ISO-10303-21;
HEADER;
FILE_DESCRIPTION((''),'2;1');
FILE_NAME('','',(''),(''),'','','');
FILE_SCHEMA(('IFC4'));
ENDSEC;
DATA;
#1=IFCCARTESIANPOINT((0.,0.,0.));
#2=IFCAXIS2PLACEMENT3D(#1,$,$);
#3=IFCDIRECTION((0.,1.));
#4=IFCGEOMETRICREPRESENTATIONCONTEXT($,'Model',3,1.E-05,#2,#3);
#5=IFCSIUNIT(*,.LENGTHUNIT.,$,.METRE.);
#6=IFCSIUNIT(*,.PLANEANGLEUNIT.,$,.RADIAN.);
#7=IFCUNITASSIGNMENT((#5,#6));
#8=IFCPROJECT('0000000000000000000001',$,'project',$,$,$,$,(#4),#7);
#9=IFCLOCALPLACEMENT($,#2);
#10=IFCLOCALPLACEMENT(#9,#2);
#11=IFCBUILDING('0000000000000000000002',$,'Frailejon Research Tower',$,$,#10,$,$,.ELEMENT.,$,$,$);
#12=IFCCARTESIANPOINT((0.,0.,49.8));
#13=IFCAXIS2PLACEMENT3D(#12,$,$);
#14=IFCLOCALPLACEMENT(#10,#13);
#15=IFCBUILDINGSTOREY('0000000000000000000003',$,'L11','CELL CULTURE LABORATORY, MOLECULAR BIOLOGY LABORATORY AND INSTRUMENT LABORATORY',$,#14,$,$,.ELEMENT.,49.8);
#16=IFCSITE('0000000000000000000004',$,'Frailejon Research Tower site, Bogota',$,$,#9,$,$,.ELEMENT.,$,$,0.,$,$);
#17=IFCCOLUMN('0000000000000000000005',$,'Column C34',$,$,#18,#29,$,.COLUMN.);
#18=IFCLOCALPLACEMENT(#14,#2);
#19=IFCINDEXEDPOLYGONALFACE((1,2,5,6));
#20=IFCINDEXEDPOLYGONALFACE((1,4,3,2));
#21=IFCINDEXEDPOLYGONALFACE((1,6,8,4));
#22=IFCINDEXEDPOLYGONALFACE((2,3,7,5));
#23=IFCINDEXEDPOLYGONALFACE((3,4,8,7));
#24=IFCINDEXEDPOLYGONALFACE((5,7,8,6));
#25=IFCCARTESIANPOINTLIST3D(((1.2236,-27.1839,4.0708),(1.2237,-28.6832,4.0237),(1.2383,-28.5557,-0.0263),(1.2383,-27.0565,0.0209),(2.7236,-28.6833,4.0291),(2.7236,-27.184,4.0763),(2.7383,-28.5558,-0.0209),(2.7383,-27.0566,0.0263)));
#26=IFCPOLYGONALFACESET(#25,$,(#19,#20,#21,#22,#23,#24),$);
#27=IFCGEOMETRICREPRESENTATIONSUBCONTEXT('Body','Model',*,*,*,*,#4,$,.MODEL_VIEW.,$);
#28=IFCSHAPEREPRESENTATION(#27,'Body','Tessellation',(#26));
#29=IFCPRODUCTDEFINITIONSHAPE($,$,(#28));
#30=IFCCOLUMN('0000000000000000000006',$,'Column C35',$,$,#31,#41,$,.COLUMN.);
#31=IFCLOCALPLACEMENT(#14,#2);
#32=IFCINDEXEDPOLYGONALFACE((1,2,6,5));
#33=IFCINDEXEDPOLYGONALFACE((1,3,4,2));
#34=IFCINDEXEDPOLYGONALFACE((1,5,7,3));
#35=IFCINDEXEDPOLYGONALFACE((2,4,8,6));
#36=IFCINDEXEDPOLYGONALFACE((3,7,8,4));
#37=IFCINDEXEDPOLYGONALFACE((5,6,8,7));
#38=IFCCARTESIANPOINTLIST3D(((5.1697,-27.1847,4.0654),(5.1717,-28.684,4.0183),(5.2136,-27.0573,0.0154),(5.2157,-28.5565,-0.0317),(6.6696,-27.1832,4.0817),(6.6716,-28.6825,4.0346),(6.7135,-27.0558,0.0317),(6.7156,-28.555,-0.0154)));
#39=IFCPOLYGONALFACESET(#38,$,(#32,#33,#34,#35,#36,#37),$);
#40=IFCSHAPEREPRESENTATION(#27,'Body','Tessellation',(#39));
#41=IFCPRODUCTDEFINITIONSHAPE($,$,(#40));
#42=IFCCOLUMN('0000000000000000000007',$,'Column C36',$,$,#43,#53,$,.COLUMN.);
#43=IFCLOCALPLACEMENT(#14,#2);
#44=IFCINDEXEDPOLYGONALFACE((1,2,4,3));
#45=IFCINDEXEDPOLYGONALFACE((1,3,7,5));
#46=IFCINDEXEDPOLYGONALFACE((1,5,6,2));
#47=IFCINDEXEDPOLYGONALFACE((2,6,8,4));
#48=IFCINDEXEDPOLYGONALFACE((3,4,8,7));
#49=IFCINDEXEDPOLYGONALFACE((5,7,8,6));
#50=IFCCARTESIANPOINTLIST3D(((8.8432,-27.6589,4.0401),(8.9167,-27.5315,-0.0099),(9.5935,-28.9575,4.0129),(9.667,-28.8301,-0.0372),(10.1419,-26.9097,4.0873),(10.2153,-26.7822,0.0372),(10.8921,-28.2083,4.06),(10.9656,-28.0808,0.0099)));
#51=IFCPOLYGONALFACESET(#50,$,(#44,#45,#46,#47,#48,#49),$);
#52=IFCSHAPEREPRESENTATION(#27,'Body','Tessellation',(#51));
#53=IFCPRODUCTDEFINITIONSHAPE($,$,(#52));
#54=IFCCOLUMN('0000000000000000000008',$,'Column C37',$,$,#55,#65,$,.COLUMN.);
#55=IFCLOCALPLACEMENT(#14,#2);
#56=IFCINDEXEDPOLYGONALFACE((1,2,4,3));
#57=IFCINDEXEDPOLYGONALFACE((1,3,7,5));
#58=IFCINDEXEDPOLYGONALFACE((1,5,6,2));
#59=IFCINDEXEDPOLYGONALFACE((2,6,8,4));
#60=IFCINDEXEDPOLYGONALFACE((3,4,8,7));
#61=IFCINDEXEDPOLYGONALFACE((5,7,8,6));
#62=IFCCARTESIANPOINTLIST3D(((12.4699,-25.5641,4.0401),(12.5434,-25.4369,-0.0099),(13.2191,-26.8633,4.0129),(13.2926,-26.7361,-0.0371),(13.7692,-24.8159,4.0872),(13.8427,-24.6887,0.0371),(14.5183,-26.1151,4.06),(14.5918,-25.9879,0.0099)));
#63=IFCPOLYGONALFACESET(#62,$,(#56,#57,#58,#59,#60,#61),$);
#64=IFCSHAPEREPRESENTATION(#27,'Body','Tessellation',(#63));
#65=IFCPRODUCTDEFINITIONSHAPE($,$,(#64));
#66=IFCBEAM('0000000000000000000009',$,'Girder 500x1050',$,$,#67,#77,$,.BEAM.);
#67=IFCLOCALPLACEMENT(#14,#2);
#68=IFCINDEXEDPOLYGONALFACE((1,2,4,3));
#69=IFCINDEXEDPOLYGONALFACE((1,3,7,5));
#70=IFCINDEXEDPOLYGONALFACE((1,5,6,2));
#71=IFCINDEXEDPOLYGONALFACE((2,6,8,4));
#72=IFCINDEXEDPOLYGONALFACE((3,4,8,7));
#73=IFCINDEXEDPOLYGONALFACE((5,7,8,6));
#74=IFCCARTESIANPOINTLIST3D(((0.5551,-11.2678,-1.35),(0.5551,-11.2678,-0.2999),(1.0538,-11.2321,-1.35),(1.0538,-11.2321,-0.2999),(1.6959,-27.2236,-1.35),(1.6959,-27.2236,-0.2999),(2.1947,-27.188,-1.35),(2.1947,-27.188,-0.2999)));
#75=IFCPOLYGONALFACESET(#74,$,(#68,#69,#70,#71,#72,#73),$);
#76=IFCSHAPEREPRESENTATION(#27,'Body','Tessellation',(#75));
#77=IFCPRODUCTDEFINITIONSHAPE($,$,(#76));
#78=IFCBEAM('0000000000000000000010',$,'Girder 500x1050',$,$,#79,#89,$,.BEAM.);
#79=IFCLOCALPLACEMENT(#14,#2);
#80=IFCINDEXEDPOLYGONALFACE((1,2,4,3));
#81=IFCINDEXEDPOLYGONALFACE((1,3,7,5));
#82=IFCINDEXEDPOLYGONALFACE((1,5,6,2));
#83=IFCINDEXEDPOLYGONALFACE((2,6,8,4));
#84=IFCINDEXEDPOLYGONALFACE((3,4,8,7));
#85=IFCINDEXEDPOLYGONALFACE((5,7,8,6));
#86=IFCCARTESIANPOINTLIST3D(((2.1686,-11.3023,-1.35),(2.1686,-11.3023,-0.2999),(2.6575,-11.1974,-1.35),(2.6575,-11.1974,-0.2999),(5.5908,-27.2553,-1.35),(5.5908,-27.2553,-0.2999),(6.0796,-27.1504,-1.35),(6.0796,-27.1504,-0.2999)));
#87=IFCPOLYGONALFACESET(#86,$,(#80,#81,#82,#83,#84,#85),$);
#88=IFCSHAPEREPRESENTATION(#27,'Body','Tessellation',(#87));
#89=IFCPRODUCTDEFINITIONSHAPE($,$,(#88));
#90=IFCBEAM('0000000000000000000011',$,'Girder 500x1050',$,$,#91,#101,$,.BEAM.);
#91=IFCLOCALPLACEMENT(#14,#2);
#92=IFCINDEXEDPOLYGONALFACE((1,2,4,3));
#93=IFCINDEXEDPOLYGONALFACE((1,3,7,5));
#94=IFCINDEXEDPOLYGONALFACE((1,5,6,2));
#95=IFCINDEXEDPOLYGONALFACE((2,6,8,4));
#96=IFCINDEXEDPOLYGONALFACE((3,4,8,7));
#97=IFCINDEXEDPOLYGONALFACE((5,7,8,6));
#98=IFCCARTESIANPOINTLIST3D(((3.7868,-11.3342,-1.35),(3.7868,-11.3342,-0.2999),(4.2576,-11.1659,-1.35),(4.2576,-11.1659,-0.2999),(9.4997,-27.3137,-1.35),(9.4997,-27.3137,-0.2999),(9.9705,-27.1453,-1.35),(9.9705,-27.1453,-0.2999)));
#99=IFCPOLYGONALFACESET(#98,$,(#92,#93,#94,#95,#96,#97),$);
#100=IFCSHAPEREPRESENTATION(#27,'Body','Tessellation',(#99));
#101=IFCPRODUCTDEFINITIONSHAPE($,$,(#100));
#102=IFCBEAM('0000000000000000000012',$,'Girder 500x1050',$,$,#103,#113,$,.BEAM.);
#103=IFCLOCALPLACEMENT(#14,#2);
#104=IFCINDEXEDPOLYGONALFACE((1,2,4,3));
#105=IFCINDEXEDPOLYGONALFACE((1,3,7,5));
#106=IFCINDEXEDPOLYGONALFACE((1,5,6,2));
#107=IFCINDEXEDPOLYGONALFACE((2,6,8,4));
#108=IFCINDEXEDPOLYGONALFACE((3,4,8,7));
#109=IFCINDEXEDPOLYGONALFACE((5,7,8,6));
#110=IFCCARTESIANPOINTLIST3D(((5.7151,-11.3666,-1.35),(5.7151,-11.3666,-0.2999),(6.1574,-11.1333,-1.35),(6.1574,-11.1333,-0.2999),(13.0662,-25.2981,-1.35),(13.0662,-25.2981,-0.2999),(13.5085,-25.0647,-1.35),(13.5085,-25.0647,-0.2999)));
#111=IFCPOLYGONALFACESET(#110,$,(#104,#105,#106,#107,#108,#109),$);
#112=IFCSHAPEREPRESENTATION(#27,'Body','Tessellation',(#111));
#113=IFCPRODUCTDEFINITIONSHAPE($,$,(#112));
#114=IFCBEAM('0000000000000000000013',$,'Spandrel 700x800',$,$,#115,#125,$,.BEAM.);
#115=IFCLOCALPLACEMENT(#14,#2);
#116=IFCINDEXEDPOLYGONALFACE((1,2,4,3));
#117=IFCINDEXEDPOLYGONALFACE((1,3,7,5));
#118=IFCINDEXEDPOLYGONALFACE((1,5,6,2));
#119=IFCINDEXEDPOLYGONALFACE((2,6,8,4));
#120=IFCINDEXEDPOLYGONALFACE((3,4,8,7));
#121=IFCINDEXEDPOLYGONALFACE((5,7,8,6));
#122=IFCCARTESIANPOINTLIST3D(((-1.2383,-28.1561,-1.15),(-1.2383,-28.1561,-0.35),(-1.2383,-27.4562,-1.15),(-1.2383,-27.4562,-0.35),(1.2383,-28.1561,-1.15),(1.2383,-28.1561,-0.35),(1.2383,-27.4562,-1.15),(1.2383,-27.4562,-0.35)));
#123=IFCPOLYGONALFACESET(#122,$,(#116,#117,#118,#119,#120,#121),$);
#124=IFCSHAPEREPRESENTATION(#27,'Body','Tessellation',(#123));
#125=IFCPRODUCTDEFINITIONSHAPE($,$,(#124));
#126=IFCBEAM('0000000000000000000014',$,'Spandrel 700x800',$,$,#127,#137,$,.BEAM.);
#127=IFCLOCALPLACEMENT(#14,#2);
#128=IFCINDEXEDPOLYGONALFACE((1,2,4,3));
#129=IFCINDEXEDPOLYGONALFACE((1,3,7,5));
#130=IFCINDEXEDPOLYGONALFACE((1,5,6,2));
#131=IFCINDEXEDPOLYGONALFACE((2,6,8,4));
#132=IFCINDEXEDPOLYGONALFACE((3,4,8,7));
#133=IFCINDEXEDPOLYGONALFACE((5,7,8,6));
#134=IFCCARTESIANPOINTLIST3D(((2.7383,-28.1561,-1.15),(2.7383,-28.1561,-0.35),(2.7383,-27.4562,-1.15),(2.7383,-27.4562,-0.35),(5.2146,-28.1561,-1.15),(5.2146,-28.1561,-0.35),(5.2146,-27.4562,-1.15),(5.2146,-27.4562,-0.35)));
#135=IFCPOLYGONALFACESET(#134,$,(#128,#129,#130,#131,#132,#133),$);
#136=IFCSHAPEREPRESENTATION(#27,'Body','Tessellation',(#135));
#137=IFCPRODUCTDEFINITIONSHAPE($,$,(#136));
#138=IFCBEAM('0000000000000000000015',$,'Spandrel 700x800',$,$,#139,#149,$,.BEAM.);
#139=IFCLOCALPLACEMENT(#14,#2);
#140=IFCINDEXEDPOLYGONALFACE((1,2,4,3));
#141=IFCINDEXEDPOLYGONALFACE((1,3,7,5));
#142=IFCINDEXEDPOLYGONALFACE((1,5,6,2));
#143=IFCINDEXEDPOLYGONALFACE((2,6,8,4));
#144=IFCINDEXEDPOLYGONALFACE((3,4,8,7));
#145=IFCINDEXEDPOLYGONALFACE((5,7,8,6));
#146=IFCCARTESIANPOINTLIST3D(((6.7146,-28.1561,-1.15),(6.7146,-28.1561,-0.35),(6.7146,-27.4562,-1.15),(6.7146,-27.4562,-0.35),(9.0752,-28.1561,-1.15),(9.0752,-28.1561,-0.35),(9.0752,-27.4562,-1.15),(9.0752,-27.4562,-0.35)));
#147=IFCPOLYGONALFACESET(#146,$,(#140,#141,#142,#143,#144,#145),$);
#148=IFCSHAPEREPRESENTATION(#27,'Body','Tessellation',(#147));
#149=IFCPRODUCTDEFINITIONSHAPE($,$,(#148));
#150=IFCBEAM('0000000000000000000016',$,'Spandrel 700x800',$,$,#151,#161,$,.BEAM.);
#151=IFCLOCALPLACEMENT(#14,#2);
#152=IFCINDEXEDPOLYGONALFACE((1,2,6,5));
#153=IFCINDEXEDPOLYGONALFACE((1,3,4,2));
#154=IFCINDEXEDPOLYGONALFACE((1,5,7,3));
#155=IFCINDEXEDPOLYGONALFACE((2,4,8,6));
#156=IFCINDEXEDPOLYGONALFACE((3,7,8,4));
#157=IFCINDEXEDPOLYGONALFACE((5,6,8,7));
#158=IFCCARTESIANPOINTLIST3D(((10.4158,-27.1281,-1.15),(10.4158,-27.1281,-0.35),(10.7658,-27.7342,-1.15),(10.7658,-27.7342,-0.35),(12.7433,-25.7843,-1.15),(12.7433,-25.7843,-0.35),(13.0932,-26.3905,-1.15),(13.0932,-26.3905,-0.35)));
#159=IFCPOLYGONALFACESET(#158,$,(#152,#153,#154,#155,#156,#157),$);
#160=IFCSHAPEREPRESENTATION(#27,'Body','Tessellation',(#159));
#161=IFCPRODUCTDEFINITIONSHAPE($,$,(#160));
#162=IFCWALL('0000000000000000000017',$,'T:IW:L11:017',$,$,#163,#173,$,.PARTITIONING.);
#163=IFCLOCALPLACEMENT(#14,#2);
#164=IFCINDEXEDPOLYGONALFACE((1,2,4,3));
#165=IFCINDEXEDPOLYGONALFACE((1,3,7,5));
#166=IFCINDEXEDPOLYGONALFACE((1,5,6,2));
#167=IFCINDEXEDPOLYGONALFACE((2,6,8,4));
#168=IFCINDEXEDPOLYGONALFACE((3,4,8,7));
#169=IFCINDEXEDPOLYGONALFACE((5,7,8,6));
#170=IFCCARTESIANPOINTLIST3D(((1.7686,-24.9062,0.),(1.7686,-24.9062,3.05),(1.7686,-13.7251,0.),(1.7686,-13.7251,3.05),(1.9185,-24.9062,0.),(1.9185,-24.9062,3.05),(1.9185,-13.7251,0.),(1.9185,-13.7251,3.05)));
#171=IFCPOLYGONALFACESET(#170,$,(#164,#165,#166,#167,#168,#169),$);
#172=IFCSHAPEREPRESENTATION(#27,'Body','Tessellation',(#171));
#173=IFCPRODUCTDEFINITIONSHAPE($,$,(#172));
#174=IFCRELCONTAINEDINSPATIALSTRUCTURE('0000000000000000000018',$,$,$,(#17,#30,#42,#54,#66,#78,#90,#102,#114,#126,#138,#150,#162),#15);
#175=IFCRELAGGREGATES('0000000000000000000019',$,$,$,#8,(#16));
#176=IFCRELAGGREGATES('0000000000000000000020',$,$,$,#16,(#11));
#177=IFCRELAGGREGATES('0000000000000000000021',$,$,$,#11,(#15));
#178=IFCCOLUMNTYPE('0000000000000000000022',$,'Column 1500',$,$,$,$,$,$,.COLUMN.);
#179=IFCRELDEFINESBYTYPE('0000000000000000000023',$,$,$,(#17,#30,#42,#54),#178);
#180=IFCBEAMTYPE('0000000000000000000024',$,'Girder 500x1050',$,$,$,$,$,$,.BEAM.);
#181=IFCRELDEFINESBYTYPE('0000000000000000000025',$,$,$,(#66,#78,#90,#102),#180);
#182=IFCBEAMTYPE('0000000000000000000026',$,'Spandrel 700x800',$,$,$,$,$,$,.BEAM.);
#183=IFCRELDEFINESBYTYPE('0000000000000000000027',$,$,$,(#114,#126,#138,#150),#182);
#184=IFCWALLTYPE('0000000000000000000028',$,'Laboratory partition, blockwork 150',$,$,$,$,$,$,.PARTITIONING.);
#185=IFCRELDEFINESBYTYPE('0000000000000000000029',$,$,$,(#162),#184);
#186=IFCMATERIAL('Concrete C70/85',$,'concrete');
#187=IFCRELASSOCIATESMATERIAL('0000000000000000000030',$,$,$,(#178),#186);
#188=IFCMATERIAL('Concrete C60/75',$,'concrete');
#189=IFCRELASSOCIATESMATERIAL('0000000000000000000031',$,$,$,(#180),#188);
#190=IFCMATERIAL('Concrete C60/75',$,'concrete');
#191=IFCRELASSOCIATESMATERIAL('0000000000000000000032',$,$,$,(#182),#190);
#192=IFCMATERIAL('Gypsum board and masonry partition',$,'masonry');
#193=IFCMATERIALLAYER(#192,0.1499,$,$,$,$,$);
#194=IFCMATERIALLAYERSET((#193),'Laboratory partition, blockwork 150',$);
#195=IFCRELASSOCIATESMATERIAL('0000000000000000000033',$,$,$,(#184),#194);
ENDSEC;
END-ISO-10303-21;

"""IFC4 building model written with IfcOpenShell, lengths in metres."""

from ifc_helpers import new_model, si_unit, direction, frame, frame_2d, origin, origin_2d, place, context, subcontext, project, spatial, rectangle, extrude, material, layer, layer_set, material_profile, profile_set, type_object, element, save


model = new_model("IFC4")

# Units and contexts
model_context = context("Model", 3, precision=1e-05, world=origin(), true_north=direction((0.0, 1.0)))
body_context = subcontext(model_context, "Body", "Model", "MODEL_VIEW")
ifc_project = project(units=[si_unit("LENGTHUNIT", "METRE"), si_unit("PLANEANGLEUNIT", "RADIAN")], contexts=[model_context])

# Site, building, storey
site_placement = place(None, origin())
site = spatial("IfcSite", under=ifc_project, at=site_placement, Name="Frailejon Research Tower site, Bogota", CompositionType="ELEMENT", RefElevation=0.0)
building_placement = place(site_placement, origin())
building = spatial("IfcBuilding", under=site, at=building_placement, Name="Frailejon Research Tower", CompositionType="ELEMENT")
storey_placement = place(building_placement, frame((0.0, 0.0, 49.8)))
storey = spatial("IfcBuildingStorey", under=building, at=storey_placement, Name="L11", Description="CELL CULTURE LABORATORY, MOLECULAR BIOLOGY LABORATORY AND INSTRUMENT LABORATORY", CompositionType="ELEMENT", Elevation=49.8)

# Columns
ifc_material_1 = material(Name="Concrete C70/85", Category="concrete")
ifc_material_profile_1 = material_profile(ifc_material_1, rectangle(XDim=1.5, YDim=1.5, at=origin_2d()), Name="Column 1500")
ifc_profile_set_1 = profile_set([ifc_material_profile_1], Name="Concrete C70/85")
column_type = type_object("IfcColumnType", Name="Column 1500", PredefinedType="COLUMN", material=ifc_profile_set_1)
column_1_placement = place(storey_placement, frame((1.9883, -27.8062, 0.0), z_axis=(-0.003615, -0.031451, 0.999499), x_axis=(0.999993, -0.000089, 0.003614)))
element("IfcColumn", 1, at=column_1_placement, inside=storey, type_object=column_type, Name="Column C34", PredefinedType="COLUMN", context=body_context, shape_type="SweptSolid", body=[
    extrude(rectangle(XDim=1.5, YDim=1.5, at=origin_2d()), origin(), (0.0, 0.0, 1.0), 4.052),
])
column_2_placement = place(storey_placement, frame((5.9646, -27.8062, 0.0), z_axis=(-0.010845, -0.031449, 0.999447), x_axis=(0.99994, 0.001017, 0.010882)))
element("IfcColumn", 2, at=column_2_placement, inside=storey, type_object=column_type, Name="Column C35", PredefinedType="COLUMN", context=body_context, shape_type="SweptSolid", body=[
    extrude(rectangle(XDim=1.5, YDim=1.5, at=origin_2d()), origin(), (0.0, 0.0, 1.0), 4.0522),
])
for number, where, z_axis, x_axis, name in (
    (3, (9.9412, -27.8062, 0.0), (-0.018133, -0.031446, 0.999341), (0.865741, 0.499505, 0.031426), "Column C36"),
    (4, (13.5676, -25.7124, 0.0), (-0.018133, -0.031386, 0.999343), (0.866156, 0.498787, 0.031381), "Column C37"),
):
    element("IfcColumn", number, at=place(storey_placement, frame(where, z_axis=z_axis, x_axis=x_axis)), inside=storey, type_object=column_type, Name=name, PredefinedType="COLUMN", context=body_context, shape_type="SweptSolid", body=[
        extrude(rectangle(XDim=1.5, YDim=1.5, at=origin_2d()), origin(), (0.0, 0.0, 1.0), 4.0527),
    ])

# Beams
ifc_material_2 = material(Name="Concrete C60/75", Category="concrete")
ifc_material_profile_2 = material_profile(ifc_material_2, rectangle(XDim=0.5, YDim=1.05, at=origin_2d()), Name="Girder 500x1050")
ifc_profile_set_2 = profile_set([ifc_material_profile_2], Name="Concrete C60/75")
beam_type_1 = type_object("IfcBeamType", Name="Girder 500x1050", PredefinedType="BEAM", material=ifc_profile_set_2)
beam_1_placement = place(storey_placement, frame((1.9453, -27.2058, -0.825), z_axis=(-0.07132, 0.997454, 0.0), x_axis=(-0.997454, -0.07132, 0.0)))
element("IfcBeam", 5, at=beam_1_placement, inside=storey, type_object=beam_type_1, Name="Girder 500x1050", PredefinedType="BEAM", context=body_context, shape_type="SweptSolid", body=[
    extrude(rectangle(XDim=0.5, YDim=1.05, at=origin_2d()), origin(), (0.0, 0.0, 1.0), 15.9966),
])
beam_2_placement = place(storey_placement, frame((5.8352, -27.2029, -0.825), z_axis=(-0.209743, 0.977757, 0.0), x_axis=(-0.977757, -0.209743, 0.0)))
element("IfcBeam", 6, at=beam_2_placement, inside=storey, type_object=beam_type_1, Name="Girder 500x1050", PredefinedType="BEAM", context=body_context, shape_type="SweptSolid", body=[
    extrude(rectangle(XDim=0.5, YDim=1.05, at=origin_2d()), origin(), (0.0, 0.0, 1.0), 16.3159),
])
beam_3_placement = place(storey_placement, frame((9.7351, -27.2295, -0.825), z_axis=(-0.336646, 0.941631, 0.0), x_axis=(-0.941631, -0.336646, 0.0)))
element("IfcBeam", 7, at=beam_3_placement, inside=storey, type_object=beam_type_1, Name="Girder 500x1050", PredefinedType="BEAM", context=body_context, shape_type="SweptSolid", body=[
    extrude(rectangle(XDim=0.5, YDim=1.05, at=origin_2d()), origin(), (0.0, 0.0, 1.0), 16.97),
])
beam_4_placement = place(storey_placement, frame((13.2874, -25.1814, -0.825), z_axis=(-0.466679, 0.884427, 0.0), x_axis=(-0.884427, -0.466679, 0.0)))
element("IfcBeam", 8, at=beam_4_placement, inside=storey, type_object=beam_type_1, Name="Girder 500x1050", PredefinedType="BEAM", context=body_context, shape_type="SweptSolid", body=[
    extrude(rectangle(XDim=0.5, YDim=1.05, at=origin_2d()), origin(), (0.0, 0.0, 1.0), 15.752),
])
ifc_material_3 = material(Name="Concrete C60/75", Category="concrete")
ifc_material_profile_3 = material_profile(ifc_material_3, rectangle(XDim=0.7, YDim=0.8, at=origin_2d()), Name="Spandrel 700x800")
ifc_profile_set_3 = profile_set([ifc_material_profile_3], Name="Concrete C60/75")
beam_type_2 = type_object("IfcBeamType", Name="Spandrel 700x800", PredefinedType="BEAM", material=ifc_profile_set_3)
beam_5_placement = place(storey_placement, frame((-1.2383, -27.8062, -0.75), z_axis=(1.0, 0.0, 0.0), x_axis=(0.0, 1.0, 0.0)))
element("IfcBeam", 9, at=beam_5_placement, inside=storey, type_object=beam_type_2, Name="Spandrel 700x800", PredefinedType="BEAM", context=body_context, shape_type="SweptSolid", body=[
    extrude(rectangle(XDim=0.7, YDim=0.8, at=origin_2d()), origin(), (0.0, 0.0, 1.0), 2.4766),
])
beam_6_placement = place(storey_placement, frame((2.7383, -27.8062, -0.75), z_axis=(1.0, 0.0, 0.0), x_axis=(0.0, 1.0, 0.0)))
element("IfcBeam", 10, at=beam_6_placement, inside=storey, type_object=beam_type_2, Name="Spandrel 700x800", PredefinedType="BEAM", context=body_context, shape_type="SweptSolid", body=[
    extrude(rectangle(XDim=0.7, YDim=0.8, at=origin_2d()), origin(), (0.0, 0.0, 1.0), 2.4763),
])
beam_7_placement = place(storey_placement, frame((6.7146, -27.8062, -0.75), z_axis=(1.0, 0.0, 0.0), x_axis=(0.0, 1.0, 0.0)))
element("IfcBeam", 11, at=beam_7_placement, inside=storey, type_object=beam_type_2, Name="Spandrel 700x800", PredefinedType="BEAM", context=body_context, shape_type="SweptSolid", body=[
    extrude(rectangle(XDim=0.7, YDim=0.8, at=origin_2d()), origin(), (0.0, 0.0, 1.0), 2.3606),
])
beam_8_placement = place(storey_placement, frame((10.5908, -27.4312, -0.75), z_axis=(0.866021, 0.500008, 0.0), x_axis=(-0.500008, 0.866021, 0.0)))
element("IfcBeam", 12, at=beam_8_placement, inside=storey, type_object=beam_type_2, Name="Spandrel 700x800", PredefinedType="BEAM", context=body_context, shape_type="SweptSolid", body=[
    extrude(rectangle(XDim=0.7, YDim=0.8, at=origin_2d()), origin(), (0.0, 0.0, 1.0), 2.6875),
])

# Wall
ifc_material_4 = material(Name="Gypsum board and masonry partition", Category="masonry")
ifc_layer_1 = layer(ifc_material_4, 0.1499)
ifc_layer_set_1 = layer_set([ifc_layer_1], Name="Laboratory partition, blockwork 150")
wall_type_1 = type_object("IfcWallType", Name="Laboratory partition, blockwork 150", PredefinedType="PARTITIONING", material=ifc_layer_set_1)
wall_1_placement = place(storey_placement, frame((1.8435, -24.9062, 0.0), z_axis=(0.0, 0.0, 1.0), x_axis=(0.0, 1.0, 0.0)))
element("IfcWall", 13, at=wall_1_placement, inside=storey, type_object=wall_type_1, Name="T:IW:L11:017", PredefinedType="PARTITIONING", context=body_context, shape_type="SweptSolid", body=[
    extrude(rectangle(XDim=11.1812, YDim=0.1499, at=frame_2d((5.5906, 0.0))), origin(), (0.0, 0.0, 1.0), 3.05),
])

save(model, "model.ifc")
